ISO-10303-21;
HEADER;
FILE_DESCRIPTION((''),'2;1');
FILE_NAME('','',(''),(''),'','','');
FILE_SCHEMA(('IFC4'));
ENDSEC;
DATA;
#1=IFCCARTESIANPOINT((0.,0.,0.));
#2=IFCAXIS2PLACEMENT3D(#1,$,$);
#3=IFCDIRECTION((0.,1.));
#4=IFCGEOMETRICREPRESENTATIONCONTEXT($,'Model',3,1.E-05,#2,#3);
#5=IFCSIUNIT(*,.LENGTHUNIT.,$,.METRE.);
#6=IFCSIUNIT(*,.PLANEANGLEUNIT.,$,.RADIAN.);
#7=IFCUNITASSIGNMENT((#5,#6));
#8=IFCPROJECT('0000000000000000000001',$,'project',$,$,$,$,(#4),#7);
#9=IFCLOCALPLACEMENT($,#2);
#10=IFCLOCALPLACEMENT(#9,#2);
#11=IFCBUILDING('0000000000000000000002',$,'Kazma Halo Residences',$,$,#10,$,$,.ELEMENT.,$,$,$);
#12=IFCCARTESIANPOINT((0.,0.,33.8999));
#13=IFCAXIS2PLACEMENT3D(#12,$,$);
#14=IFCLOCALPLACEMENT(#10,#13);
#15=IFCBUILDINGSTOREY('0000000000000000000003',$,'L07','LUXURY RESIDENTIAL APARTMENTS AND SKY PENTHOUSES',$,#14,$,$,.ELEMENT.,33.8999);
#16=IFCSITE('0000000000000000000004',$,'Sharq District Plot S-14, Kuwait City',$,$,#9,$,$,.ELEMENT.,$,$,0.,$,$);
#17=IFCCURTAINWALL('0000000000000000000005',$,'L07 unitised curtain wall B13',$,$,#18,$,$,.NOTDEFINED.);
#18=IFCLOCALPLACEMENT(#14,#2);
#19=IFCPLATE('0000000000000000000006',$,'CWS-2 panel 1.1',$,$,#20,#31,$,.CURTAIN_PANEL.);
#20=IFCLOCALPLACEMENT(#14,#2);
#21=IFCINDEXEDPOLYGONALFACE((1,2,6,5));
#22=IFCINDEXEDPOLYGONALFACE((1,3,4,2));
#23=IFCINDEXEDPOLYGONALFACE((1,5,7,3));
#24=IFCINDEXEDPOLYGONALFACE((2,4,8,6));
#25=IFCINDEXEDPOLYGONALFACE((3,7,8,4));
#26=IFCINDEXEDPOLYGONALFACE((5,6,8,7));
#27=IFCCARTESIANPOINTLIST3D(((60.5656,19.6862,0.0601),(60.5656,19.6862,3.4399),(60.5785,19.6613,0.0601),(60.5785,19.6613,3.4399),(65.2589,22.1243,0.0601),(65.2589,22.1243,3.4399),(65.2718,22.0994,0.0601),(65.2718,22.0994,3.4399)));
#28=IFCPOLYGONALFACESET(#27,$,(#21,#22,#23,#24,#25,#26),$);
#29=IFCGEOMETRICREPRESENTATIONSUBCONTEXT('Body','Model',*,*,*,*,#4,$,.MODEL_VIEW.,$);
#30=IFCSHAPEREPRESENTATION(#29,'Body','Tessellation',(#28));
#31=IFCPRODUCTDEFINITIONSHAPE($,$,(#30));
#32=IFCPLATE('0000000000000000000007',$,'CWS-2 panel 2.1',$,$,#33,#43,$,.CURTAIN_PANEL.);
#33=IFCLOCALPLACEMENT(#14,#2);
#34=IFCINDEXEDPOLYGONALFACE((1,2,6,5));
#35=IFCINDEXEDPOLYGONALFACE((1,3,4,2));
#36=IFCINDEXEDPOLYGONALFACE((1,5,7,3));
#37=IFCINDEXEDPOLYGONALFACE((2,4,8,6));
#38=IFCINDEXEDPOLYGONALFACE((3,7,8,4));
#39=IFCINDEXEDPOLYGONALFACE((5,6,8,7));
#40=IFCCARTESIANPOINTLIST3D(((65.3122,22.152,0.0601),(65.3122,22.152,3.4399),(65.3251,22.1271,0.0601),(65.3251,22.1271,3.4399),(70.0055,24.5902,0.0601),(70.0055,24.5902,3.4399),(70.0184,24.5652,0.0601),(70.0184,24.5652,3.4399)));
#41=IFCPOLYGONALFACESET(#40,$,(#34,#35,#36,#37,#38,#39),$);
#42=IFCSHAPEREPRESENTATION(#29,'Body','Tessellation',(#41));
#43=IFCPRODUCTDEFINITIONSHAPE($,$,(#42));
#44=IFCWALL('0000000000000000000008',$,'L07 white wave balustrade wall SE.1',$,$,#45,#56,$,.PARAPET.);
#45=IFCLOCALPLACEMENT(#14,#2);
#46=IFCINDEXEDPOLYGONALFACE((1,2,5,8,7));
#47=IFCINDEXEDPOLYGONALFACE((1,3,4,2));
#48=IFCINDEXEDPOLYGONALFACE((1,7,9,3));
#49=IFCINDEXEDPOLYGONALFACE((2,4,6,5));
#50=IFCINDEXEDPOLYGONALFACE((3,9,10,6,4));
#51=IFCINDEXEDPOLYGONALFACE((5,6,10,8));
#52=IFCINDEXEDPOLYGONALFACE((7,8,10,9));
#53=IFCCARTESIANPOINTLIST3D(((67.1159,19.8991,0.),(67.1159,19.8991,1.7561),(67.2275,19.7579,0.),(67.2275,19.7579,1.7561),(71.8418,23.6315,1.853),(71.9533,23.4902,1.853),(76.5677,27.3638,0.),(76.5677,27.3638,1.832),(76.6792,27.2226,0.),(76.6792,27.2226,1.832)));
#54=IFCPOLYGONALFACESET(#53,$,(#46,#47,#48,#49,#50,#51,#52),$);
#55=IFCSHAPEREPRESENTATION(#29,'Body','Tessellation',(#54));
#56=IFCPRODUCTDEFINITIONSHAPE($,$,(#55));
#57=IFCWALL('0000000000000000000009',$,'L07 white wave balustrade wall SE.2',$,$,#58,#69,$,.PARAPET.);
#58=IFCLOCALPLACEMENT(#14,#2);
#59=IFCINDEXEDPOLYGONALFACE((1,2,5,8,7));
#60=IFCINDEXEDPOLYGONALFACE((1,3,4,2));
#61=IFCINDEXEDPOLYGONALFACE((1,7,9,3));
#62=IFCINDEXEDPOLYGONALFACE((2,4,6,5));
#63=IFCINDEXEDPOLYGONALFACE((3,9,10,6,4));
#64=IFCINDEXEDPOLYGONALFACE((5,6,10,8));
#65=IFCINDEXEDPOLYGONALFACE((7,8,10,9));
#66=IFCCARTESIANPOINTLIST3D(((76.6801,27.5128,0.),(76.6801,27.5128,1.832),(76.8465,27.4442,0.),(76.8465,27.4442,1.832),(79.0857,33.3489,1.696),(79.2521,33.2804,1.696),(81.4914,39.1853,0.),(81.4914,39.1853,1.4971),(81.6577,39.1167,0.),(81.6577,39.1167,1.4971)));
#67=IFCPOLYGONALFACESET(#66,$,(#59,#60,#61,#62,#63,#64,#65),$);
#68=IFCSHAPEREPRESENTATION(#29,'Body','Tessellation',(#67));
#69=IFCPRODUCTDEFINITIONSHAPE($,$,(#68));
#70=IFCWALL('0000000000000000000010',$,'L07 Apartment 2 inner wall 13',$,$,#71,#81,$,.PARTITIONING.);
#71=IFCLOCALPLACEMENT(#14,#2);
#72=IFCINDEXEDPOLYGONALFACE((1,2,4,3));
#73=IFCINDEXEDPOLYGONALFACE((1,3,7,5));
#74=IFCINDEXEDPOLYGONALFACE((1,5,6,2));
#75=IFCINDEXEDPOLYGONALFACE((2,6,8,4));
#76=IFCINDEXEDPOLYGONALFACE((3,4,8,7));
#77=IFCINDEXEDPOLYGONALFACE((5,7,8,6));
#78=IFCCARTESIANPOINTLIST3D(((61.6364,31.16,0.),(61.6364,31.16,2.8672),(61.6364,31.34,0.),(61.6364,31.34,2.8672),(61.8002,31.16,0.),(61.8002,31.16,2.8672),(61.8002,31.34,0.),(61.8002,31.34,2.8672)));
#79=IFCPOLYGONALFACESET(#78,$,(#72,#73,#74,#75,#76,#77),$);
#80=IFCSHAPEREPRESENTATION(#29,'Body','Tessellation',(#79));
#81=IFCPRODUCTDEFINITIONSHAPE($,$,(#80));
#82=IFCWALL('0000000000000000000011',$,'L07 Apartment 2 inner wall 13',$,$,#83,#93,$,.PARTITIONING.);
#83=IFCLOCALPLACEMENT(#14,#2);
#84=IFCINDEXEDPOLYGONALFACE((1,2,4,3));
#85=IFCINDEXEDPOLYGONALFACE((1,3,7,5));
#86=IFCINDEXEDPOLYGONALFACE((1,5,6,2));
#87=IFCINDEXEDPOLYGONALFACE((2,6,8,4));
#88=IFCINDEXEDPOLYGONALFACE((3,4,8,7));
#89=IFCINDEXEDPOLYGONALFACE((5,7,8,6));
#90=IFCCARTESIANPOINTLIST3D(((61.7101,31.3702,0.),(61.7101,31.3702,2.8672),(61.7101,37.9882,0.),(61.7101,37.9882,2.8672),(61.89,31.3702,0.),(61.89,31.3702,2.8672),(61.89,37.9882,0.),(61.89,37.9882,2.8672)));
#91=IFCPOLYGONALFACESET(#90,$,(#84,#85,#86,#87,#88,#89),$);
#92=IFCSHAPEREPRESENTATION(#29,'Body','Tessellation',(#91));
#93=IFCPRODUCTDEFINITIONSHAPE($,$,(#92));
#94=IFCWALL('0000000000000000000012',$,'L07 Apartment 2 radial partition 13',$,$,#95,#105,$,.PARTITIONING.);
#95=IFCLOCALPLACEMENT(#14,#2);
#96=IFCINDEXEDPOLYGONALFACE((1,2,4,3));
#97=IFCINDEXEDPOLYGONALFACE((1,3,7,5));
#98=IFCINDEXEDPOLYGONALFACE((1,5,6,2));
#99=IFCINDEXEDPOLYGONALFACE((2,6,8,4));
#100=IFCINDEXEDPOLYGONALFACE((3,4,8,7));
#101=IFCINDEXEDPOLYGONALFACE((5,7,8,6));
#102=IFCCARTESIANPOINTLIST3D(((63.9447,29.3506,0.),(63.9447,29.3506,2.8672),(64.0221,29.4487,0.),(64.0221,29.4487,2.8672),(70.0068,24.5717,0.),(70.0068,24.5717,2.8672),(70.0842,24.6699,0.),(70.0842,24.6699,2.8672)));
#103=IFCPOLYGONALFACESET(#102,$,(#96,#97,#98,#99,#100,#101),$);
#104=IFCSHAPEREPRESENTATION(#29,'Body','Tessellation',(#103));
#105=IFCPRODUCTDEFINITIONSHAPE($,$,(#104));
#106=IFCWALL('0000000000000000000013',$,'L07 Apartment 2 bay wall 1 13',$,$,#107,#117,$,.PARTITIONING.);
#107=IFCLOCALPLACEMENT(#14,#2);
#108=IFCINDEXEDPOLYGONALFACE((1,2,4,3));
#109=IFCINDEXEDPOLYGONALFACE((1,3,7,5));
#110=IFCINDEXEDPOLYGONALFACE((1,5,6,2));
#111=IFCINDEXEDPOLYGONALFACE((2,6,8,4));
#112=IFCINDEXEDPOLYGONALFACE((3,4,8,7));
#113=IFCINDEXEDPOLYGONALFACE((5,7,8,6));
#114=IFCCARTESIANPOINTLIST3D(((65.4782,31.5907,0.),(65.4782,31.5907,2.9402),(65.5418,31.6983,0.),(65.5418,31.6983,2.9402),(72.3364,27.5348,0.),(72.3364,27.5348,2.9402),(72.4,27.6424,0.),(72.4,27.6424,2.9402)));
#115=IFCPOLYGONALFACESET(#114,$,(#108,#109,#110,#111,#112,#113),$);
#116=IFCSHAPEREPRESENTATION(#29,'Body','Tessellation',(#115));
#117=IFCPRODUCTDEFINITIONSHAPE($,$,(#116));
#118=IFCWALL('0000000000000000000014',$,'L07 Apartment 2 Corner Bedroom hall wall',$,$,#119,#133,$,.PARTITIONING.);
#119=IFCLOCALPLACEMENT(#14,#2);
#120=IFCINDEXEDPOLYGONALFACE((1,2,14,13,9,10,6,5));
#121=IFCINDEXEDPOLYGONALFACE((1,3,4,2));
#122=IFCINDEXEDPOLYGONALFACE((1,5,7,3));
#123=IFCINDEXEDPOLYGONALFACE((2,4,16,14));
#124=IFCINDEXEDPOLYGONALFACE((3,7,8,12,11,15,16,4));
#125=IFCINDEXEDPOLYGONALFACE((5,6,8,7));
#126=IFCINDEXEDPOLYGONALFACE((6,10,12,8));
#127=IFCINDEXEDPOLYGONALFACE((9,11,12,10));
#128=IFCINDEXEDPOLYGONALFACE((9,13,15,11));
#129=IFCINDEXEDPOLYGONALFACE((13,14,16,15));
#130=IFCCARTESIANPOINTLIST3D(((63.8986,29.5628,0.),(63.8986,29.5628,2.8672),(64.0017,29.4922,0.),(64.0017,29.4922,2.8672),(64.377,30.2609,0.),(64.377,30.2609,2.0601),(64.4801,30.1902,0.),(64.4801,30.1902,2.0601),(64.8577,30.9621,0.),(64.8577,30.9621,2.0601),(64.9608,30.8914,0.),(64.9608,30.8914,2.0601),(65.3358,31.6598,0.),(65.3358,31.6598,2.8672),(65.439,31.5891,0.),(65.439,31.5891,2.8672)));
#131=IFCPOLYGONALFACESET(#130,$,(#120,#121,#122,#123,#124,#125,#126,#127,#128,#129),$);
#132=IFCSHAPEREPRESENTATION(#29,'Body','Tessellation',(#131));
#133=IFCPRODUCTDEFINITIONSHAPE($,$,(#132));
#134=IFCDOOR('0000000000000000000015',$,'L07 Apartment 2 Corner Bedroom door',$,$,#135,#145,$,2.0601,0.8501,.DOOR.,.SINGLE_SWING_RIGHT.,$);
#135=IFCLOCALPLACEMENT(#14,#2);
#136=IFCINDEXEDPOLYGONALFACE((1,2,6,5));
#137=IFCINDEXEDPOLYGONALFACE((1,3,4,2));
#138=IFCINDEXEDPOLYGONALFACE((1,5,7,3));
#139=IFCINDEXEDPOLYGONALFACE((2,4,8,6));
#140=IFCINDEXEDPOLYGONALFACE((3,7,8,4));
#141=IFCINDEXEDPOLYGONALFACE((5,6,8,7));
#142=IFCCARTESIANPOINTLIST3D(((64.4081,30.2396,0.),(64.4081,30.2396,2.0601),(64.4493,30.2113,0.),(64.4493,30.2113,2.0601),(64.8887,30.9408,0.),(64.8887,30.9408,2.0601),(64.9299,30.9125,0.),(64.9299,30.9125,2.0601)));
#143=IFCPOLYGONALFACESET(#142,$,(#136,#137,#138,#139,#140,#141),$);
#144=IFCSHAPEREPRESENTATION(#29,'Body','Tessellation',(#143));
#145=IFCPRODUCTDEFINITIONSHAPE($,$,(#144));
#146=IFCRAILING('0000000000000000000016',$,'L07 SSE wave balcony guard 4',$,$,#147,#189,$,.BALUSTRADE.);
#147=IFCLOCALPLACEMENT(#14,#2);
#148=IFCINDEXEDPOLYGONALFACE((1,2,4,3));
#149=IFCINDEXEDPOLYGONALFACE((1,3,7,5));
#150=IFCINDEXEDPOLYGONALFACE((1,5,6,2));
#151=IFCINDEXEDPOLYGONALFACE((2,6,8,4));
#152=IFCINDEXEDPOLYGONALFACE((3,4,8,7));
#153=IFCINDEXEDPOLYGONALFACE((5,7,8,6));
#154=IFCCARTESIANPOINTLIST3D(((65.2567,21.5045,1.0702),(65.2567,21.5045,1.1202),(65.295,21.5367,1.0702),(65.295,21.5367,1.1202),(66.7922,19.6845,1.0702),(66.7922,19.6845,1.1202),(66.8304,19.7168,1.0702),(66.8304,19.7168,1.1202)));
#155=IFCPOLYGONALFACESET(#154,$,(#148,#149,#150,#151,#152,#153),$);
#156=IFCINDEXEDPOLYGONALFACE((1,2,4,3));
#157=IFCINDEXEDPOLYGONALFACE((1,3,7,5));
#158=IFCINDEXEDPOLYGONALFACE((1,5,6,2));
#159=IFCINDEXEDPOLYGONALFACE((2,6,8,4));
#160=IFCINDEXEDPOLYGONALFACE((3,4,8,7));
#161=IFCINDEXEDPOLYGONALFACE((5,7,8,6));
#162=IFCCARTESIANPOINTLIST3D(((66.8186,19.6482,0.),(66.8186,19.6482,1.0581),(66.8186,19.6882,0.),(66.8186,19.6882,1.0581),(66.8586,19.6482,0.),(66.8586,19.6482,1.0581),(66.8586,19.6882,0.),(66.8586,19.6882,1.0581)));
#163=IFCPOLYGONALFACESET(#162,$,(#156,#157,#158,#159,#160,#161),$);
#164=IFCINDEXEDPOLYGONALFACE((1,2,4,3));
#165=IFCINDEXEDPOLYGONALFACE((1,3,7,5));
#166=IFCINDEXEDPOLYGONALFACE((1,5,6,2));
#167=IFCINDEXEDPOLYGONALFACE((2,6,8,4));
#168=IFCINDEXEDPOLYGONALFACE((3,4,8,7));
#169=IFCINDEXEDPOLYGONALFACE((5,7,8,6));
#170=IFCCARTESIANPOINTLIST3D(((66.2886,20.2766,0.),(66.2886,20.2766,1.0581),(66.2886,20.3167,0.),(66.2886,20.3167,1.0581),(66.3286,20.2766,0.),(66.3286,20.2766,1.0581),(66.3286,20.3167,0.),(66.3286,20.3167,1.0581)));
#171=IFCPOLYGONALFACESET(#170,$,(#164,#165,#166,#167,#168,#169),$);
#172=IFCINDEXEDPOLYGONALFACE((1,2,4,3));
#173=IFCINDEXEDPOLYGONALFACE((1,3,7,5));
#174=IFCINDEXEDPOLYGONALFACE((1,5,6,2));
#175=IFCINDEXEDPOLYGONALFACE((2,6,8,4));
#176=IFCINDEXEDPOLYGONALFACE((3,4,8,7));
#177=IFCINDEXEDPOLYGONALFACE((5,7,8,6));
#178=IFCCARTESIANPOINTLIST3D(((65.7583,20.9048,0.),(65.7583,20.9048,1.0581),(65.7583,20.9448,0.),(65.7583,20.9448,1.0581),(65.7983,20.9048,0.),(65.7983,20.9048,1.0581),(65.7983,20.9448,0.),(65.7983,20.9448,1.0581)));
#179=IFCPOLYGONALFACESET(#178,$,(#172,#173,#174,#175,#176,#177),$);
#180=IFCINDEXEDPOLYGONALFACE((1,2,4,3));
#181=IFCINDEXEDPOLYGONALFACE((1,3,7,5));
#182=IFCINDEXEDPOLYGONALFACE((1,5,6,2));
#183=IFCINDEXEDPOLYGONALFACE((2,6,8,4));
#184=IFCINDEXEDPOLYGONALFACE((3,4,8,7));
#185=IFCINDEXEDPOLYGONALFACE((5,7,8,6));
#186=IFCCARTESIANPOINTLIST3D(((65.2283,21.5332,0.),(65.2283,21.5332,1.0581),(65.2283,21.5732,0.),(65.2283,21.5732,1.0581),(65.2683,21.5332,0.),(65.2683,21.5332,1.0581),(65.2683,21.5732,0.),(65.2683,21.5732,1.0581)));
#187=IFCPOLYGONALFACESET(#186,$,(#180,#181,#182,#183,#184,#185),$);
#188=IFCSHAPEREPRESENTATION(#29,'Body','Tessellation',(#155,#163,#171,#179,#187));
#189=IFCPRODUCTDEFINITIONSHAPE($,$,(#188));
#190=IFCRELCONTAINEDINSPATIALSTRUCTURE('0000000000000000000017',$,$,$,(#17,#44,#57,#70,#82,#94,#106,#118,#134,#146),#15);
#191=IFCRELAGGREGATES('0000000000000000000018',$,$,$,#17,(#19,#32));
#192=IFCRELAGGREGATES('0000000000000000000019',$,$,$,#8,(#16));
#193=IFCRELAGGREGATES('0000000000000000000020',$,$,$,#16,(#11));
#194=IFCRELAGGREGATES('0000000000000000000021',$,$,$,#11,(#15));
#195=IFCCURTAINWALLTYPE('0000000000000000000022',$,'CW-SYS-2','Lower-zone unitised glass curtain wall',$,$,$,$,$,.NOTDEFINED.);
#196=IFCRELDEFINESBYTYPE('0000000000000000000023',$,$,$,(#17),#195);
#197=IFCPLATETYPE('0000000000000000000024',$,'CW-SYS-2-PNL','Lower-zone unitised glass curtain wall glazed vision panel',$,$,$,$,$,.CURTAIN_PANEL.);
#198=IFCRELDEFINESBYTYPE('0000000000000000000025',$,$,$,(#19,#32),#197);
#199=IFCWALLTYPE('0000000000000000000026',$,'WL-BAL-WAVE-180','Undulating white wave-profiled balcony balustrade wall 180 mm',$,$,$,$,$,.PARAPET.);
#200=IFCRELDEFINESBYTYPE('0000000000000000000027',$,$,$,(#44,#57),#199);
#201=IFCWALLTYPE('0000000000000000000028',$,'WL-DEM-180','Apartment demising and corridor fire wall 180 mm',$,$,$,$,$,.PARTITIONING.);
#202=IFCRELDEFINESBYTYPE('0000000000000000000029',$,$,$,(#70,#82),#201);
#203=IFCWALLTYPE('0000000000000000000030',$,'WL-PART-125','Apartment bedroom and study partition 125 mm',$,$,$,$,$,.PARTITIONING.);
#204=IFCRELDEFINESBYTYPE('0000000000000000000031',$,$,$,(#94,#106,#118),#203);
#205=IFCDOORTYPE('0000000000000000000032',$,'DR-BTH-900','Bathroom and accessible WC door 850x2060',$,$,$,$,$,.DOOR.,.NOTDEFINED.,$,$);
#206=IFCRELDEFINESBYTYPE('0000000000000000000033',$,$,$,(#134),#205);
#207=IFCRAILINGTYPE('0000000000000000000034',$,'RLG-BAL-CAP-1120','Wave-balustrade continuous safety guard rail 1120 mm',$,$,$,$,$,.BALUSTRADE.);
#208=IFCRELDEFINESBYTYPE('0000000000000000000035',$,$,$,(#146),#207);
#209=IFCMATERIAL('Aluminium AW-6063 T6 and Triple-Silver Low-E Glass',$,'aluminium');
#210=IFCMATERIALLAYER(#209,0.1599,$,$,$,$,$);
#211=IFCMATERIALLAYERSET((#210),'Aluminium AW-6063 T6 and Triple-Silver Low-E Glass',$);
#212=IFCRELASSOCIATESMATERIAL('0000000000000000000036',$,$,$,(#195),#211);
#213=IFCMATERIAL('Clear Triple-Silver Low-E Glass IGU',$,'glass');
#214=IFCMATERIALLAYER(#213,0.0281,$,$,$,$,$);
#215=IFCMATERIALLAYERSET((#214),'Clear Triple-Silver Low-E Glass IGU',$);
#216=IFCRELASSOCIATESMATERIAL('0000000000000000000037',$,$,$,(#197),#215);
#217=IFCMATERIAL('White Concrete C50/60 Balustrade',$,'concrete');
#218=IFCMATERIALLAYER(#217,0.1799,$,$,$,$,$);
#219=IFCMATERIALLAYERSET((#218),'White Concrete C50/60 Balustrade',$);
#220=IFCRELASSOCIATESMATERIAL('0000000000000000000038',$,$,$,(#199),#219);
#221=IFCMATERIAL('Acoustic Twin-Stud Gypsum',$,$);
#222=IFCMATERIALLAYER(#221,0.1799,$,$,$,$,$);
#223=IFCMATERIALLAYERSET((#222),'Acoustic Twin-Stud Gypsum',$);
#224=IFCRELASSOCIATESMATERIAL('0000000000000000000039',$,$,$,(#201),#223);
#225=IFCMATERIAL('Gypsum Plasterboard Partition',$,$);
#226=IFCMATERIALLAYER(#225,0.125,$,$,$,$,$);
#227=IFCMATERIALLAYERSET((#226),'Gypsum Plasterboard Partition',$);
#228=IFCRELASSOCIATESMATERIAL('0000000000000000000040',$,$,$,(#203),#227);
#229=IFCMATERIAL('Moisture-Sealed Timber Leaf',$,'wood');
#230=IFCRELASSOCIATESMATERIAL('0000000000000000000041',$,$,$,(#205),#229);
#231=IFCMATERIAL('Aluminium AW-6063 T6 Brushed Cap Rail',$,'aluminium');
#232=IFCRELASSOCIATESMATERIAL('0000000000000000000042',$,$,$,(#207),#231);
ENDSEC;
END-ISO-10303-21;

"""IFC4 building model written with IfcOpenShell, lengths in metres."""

from ifc_helpers import new_model, si_unit, direction, frame, frame_2d, origin, origin_2d, place, context, subcontext, project, spatial, polyline, rectangle, outline, extrude, material, layer, layer_set, type_object, element, fill, aggregate, save


model = new_model("IFC4")

# Units and contexts
model_context = context("Model", 3, precision=1e-05, world=origin(), true_north=direction((0.0, 1.0)))
body_context = subcontext(model_context, "Body", "Model", "MODEL_VIEW")
ifc_project = project(units=[si_unit("LENGTHUNIT", "METRE"), si_unit("PLANEANGLEUNIT", "RADIAN")], contexts=[model_context])

# Site, building, storey
site_placement = place(None, origin())
site = spatial("IfcSite", under=ifc_project, at=site_placement, Name="Sharq District Plot S-14, Kuwait City", CompositionType="ELEMENT", RefElevation=0.0)
building_placement = place(site_placement, origin())
building = spatial("IfcBuilding", under=site, at=building_placement, Name="Kazma Halo Residences", CompositionType="ELEMENT")
storey_placement = place(building_placement, frame((0.0, 0.0, 33.8999)))
storey = spatial("IfcBuildingStorey", under=building, at=storey_placement, Name="L07", Description="LUXURY RESIDENTIAL APARTMENTS AND SKY PENTHOUSES", CompositionType="ELEMENT", Elevation=33.8999)

# Curtain wall, plates
ifc_material_1 = material(Name="Aluminium AW-6063 T6 and Triple-Silver Low-E Glass", Category="aluminium")
ifc_layer_1 = layer(ifc_material_1, 0.1599)
ifc_layer_set_1 = layer_set([ifc_layer_1], Name="Aluminium AW-6063 T6 and Triple-Silver Low-E Glass")
curtain_wall_type = type_object("IfcCurtainWallType", Name="CW-SYS-2", Description="Lower-zone unitised glass curtain wall", PredefinedType="NOTDEFINED", material=ifc_layer_set_1)
curtain_wall_placement = place(storey_placement, origin())
curtain_wall = element("IfcCurtainWall", 1, at=curtain_wall_placement, inside=storey, type_object=curtain_wall_type, Name="L07 unitised curtain wall B13", PredefinedType="NOTDEFINED")
ifc_material_2 = material(Name="Clear Triple-Silver Low-E Glass IGU", Category="glass")
ifc_layer_2 = layer(ifc_material_2, 0.0281)
ifc_layer_set_2 = layer_set([ifc_layer_2], Name="Clear Triple-Silver Low-E Glass IGU")
plate_type = type_object("IfcPlateType", Name="CW-SYS-2-PNL", Description="Lower-zone unitised glass curtain wall glazed vision panel", PredefinedType="CURTAIN_PANEL", material=ifc_layer_set_2)
plate_1_placement = place(storey_placement, frame((62.9187, 20.8928, 0.0601), z_axis=(0.0, 0.0, 1.0), x_axis=(0.887402, 0.460996, 0.0)))
plate_1 = element("IfcPlate", 2, at=plate_1_placement, type_object=plate_type, Name="CWS-2 panel 1.1", PredefinedType="CURTAIN_PANEL", context=body_context, shape_type="SweptSolid", body=[
    extrude(rectangle(XDim=5.2888, YDim=0.0281, at=origin_2d()), origin(), (0.0, 0.0, 1.0), 3.3799),
])
plate_2_placement = place(storey_placement, frame((67.6653, 23.3586, 0.0601), z_axis=(0.0, 0.0, 1.0), x_axis=(0.887402, 0.460996, 0.0)))
plate_2 = element("IfcPlate", 3, at=plate_2_placement, type_object=plate_type, Name="CWS-2 panel 2.1", PredefinedType="CURTAIN_PANEL", context=body_context, shape_type="SweptSolid", body=[
    extrude(rectangle(XDim=5.2888, YDim=0.0281, at=origin_2d()), origin(), (0.0, 0.0, 1.0), 3.3799),
])
aggregate(curtain_wall, [plate_1, plate_2])

# Walls
ifc_material_3 = material(Name="White Concrete C50/60 Balustrade", Category="concrete")
ifc_layer_3 = layer(ifc_material_3, 0.1799)
ifc_layer_set_3 = layer_set([ifc_layer_3], Name="White Concrete C50/60 Balustrade")
wall_type_1 = type_object("IfcWallType", Name="WL-BAL-WAVE-180", Description="Undulating white wave-profiled balcony balustrade wall 180 mm", PredefinedType="PARAPET", material=ifc_layer_set_3)
wall_1_placement = place(storey_placement, frame((67.1716, 19.8286, 0.0), z_axis=(0.0, 0.0, 1.0), x_axis=(0.784771, 0.619786, 0.0)))
element("IfcWall", 4, at=wall_1_placement, inside=storey, type_object=wall_type_1, Name="L07 white wave balustrade wall SE.1", PredefinedType="PARAPET", context=body_context, shape_type="SweptSolid", body=[
    extrude(outline(polyline([(0.0, 0.0), (12.0439, 0.0), (12.0439, 1.832), (6.022, 1.853), (0.0, 1.7561), (0.0, 0.0)])), frame((0.0, 0.0898, 0.0), z_axis=(0.0, -1.0, 0.0), x_axis=(1.0, 0.0, 0.0)), (0.0, 0.0, 1.0), 0.1799),
])
wall_2_placement = place(storey_placement, frame((76.7632, 27.4785, 0.0), z_axis=(0.0, 0.0, 1.0), x_axis=(0.381082, 0.924541, 0.0)))
element("IfcWall", 5, at=wall_2_placement, inside=storey, type_object=wall_type_1, Name="L07 white wave balustrade wall SE.2", PredefinedType="PARAPET", context=body_context, shape_type="SweptSolid", body=[
    extrude(outline(polyline([(0.0, 0.0), (12.6252, 0.0), (12.6252, 1.4971), (6.3125, 1.696), (0.0, 1.832), (0.0, 0.0)])), frame((0.0, 0.0898, 0.0), z_axis=(0.0, -1.0, 0.0), x_axis=(1.0, 0.0, 0.0)), (0.0, 0.0, 1.0), 0.1799),
])
ifc_material_4 = material(Name="Acoustic Twin-Stud Gypsum")
ifc_layer_4 = layer(ifc_material_4, 0.1799)
ifc_layer_set_4 = layer_set([ifc_layer_4], Name="Acoustic Twin-Stud Gypsum")
wall_type_2 = type_object("IfcWallType", Name="WL-DEM-180", Description="Apartment demising and corridor fire wall 180 mm", PredefinedType="PARTITIONING", material=ifc_layer_set_4)
wall_3_placement = place(storey_placement, frame((61.6362, 31.25, 0.0), z_axis=(0.0, 0.0, 1.0), x_axis=(1.0, 0.0, 0.0)))
element("IfcWall", 6, at=wall_3_placement, inside=storey, type_object=wall_type_2, Name="L07 Apartment 2 inner wall 13", PredefinedType="PARTITIONING", context=body_context, shape_type="SweptSolid", body=[
    extrude(rectangle(XDim=0.1638, YDim=0.1799, at=frame_2d((0.082, 0.0))), origin(), (0.0, 0.0, 1.0), 2.8672),
])
wall_4_placement = place(storey_placement, frame((61.8, 31.3701, 0.0), z_axis=(0.0, 0.0, 1.0), x_axis=(0.0, 1.0, 0.0)))
element("IfcWall", 7, at=wall_4_placement, inside=storey, type_object=wall_type_2, Name="L07 Apartment 2 inner wall 13", PredefinedType="PARTITIONING", context=body_context, shape_type="SweptSolid", body=[
    extrude(rectangle(XDim=6.6179, YDim=0.1799, at=frame_2d((3.3091, 0.0))), origin(), (0.0, 0.0, 1.0), 2.8672),
])

# Walls
ifc_material_5 = material(Name="Gypsum Plasterboard Partition")
ifc_layer_5 = layer(ifc_material_5, 0.125)
ifc_layer_set_5 = layer_set([ifc_layer_5], Name="Gypsum Plasterboard Partition")
wall_type_3 = type_object("IfcWallType", Name="WL-PART-125", Description="Apartment bedroom and study partition 125 mm", PredefinedType="PARTITIONING", material=ifc_layer_set_5)
wall_5_placement = place(storey_placement, frame((63.9834, 29.3997, 0.0), z_axis=(0.0, 0.0, 1.0), x_axis=(0.785323, -0.619086, 0.0)))
element("IfcWall", 8, at=wall_5_placement, inside=storey, type_object=wall_type_3, Name="L07 Apartment 2 radial partition 13", PredefinedType="PARTITIONING", context=body_context, shape_type="SweptSolid", body=[
    extrude(rectangle(XDim=7.7192, YDim=0.125, at=frame_2d((3.8596, 0.0))), origin(), (0.0, 0.0, 1.0), 2.8672),
])
wall_6_placement = place(storey_placement, frame((65.51, 31.6445, 0.0), z_axis=(0.0, 0.0, 1.0), x_axis=(0.860742, -0.509042, 0.0)))
element("IfcWall", 9, at=wall_6_placement, inside=storey, type_object=wall_type_3, Name="L07 Apartment 2 bay wall 1 13", PredefinedType="PARTITIONING", context=body_context, shape_type="SweptSolid", body=[
    extrude(rectangle(XDim=7.9678, YDim=0.125, at=frame_2d((3.9839, 0.0))), origin(), (0.0, 0.0, 1.0), 2.9402),
])

# Wall, opening, door
wall_7_placement = place(storey_placement, frame((63.9502, 29.5276, 0.0), z_axis=(0.0, 0.0, 1.0), x_axis=(0.565359, 0.824845, 0.0)))
wall_7 = element("IfcWall", 10, at=wall_7_placement, inside=storey, type_object=wall_type_3, Name="L07 Apartment 2 Corner Bedroom hall wall", PredefinedType="PARTITIONING", context=body_context, shape_type="SweptSolid", body=[
    extrude(rectangle(XDim=2.5422, YDim=0.125, at=frame_2d((1.271, 0.0))), origin(), (0.0, 0.0, 1.0), 2.8672),
])
opening_1_placement = place(wall_7_placement, frame((0.8462, 0.0, 0.0)))
opening_1 = element("IfcOpeningElement", 11, at=opening_1_placement, cuts=wall_7, PredefinedType="OPENING", context=body_context, shape_type="SweptSolid", body=[
    extrude(rectangle(XDim=0.8501, YDim=2.0601, at=frame_2d((0.425, 1.03))), frame((0.0, 0.0725, 0.0), z_axis=(0.0, -1.0, 0.0), x_axis=(1.0, 0.0, 0.0)), (0.0, 0.0, 1.0), 0.145),
])
ifc_material_6 = material(Name="Moisture-Sealed Timber Leaf", Category="wood")
door_type_1 = type_object("IfcDoorType", Name="DR-BTH-900", Description="Bathroom and accessible WC door 850x2060", OperationType="NOTDEFINED", PredefinedType="DOOR", material=ifc_material_6)
door_1_placement = place(opening_1_placement, origin())
door_1 = element("IfcDoor", 12, at=door_1_placement, inside=storey, type_object=door_type_1, Name="L07 Apartment 2 Corner Bedroom door", OperationType="SINGLE_SWING_RIGHT", OverallHeight=2.0601, OverallWidth=0.8501, PredefinedType="DOOR", context=body_context, shape_type="SweptSolid", body=[
    extrude(rectangle(XDim=0.8501, YDim=2.0601, at=frame_2d((0.425, 1.03))), frame((0.0, 0.0249, 0.0), z_axis=(0.0, -1.0, 0.0), x_axis=(1.0, 0.0, 0.0)), (0.0, 0.0, 1.0), 0.05),
])
fill(opening_1, door_1)

# Railing
ifc_material_7 = material(Name="Aluminium AW-6063 T6 Brushed Cap Rail", Category="aluminium")
railing_type = type_object("IfcRailingType", Name="RLG-BAL-CAP-1120", Description="Wave-balustrade continuous safety guard rail 1120 mm", PredefinedType="BALUSTRADE", material=ifc_material_7)
railing_1_placement = place(storey_placement, frame((66.8386, 19.6682, 0.0)))
element("IfcRailing", 13, at=railing_1_placement, inside=storey, type_object=railing_type, Name="L07 SSE wave balcony guard 4", PredefinedType="BALUSTRADE", context=body_context, shape_type="SweptSolid", body=[
    extrude(rectangle(XDim=0.05, YDim=0.05, at=origin_2d()), frame((-0.0273, 0.0325, 1.0952), z_axis=(-0.644837, 0.76432, 0.0), x_axis=(-0.76432, -0.644837, 0.0)), (0.0, 0.0, 1.0), 2.3811),
    extrude(rectangle(XDim=0.04, YDim=0.04, at=origin_2d()), origin(), (0.0, 0.0, 1.0), 1.0581),
    extrude(rectangle(XDim=0.04, YDim=0.04, at=origin_2d()), frame((-0.53, 0.6284, 0.0)), (0.0, 0.0, 1.0), 1.0581),
    extrude(rectangle(XDim=0.04, YDim=0.04, at=origin_2d()), frame((-1.0603, 1.2566, 0.0)), (0.0, 0.0, 1.0), 1.0581),
    extrude(rectangle(XDim=0.04, YDim=0.04, at=origin_2d()), frame((-1.5903, 1.885, 0.0)), (0.0, 0.0, 1.0), 1.0581),
])

save(model, "model.ifc")
